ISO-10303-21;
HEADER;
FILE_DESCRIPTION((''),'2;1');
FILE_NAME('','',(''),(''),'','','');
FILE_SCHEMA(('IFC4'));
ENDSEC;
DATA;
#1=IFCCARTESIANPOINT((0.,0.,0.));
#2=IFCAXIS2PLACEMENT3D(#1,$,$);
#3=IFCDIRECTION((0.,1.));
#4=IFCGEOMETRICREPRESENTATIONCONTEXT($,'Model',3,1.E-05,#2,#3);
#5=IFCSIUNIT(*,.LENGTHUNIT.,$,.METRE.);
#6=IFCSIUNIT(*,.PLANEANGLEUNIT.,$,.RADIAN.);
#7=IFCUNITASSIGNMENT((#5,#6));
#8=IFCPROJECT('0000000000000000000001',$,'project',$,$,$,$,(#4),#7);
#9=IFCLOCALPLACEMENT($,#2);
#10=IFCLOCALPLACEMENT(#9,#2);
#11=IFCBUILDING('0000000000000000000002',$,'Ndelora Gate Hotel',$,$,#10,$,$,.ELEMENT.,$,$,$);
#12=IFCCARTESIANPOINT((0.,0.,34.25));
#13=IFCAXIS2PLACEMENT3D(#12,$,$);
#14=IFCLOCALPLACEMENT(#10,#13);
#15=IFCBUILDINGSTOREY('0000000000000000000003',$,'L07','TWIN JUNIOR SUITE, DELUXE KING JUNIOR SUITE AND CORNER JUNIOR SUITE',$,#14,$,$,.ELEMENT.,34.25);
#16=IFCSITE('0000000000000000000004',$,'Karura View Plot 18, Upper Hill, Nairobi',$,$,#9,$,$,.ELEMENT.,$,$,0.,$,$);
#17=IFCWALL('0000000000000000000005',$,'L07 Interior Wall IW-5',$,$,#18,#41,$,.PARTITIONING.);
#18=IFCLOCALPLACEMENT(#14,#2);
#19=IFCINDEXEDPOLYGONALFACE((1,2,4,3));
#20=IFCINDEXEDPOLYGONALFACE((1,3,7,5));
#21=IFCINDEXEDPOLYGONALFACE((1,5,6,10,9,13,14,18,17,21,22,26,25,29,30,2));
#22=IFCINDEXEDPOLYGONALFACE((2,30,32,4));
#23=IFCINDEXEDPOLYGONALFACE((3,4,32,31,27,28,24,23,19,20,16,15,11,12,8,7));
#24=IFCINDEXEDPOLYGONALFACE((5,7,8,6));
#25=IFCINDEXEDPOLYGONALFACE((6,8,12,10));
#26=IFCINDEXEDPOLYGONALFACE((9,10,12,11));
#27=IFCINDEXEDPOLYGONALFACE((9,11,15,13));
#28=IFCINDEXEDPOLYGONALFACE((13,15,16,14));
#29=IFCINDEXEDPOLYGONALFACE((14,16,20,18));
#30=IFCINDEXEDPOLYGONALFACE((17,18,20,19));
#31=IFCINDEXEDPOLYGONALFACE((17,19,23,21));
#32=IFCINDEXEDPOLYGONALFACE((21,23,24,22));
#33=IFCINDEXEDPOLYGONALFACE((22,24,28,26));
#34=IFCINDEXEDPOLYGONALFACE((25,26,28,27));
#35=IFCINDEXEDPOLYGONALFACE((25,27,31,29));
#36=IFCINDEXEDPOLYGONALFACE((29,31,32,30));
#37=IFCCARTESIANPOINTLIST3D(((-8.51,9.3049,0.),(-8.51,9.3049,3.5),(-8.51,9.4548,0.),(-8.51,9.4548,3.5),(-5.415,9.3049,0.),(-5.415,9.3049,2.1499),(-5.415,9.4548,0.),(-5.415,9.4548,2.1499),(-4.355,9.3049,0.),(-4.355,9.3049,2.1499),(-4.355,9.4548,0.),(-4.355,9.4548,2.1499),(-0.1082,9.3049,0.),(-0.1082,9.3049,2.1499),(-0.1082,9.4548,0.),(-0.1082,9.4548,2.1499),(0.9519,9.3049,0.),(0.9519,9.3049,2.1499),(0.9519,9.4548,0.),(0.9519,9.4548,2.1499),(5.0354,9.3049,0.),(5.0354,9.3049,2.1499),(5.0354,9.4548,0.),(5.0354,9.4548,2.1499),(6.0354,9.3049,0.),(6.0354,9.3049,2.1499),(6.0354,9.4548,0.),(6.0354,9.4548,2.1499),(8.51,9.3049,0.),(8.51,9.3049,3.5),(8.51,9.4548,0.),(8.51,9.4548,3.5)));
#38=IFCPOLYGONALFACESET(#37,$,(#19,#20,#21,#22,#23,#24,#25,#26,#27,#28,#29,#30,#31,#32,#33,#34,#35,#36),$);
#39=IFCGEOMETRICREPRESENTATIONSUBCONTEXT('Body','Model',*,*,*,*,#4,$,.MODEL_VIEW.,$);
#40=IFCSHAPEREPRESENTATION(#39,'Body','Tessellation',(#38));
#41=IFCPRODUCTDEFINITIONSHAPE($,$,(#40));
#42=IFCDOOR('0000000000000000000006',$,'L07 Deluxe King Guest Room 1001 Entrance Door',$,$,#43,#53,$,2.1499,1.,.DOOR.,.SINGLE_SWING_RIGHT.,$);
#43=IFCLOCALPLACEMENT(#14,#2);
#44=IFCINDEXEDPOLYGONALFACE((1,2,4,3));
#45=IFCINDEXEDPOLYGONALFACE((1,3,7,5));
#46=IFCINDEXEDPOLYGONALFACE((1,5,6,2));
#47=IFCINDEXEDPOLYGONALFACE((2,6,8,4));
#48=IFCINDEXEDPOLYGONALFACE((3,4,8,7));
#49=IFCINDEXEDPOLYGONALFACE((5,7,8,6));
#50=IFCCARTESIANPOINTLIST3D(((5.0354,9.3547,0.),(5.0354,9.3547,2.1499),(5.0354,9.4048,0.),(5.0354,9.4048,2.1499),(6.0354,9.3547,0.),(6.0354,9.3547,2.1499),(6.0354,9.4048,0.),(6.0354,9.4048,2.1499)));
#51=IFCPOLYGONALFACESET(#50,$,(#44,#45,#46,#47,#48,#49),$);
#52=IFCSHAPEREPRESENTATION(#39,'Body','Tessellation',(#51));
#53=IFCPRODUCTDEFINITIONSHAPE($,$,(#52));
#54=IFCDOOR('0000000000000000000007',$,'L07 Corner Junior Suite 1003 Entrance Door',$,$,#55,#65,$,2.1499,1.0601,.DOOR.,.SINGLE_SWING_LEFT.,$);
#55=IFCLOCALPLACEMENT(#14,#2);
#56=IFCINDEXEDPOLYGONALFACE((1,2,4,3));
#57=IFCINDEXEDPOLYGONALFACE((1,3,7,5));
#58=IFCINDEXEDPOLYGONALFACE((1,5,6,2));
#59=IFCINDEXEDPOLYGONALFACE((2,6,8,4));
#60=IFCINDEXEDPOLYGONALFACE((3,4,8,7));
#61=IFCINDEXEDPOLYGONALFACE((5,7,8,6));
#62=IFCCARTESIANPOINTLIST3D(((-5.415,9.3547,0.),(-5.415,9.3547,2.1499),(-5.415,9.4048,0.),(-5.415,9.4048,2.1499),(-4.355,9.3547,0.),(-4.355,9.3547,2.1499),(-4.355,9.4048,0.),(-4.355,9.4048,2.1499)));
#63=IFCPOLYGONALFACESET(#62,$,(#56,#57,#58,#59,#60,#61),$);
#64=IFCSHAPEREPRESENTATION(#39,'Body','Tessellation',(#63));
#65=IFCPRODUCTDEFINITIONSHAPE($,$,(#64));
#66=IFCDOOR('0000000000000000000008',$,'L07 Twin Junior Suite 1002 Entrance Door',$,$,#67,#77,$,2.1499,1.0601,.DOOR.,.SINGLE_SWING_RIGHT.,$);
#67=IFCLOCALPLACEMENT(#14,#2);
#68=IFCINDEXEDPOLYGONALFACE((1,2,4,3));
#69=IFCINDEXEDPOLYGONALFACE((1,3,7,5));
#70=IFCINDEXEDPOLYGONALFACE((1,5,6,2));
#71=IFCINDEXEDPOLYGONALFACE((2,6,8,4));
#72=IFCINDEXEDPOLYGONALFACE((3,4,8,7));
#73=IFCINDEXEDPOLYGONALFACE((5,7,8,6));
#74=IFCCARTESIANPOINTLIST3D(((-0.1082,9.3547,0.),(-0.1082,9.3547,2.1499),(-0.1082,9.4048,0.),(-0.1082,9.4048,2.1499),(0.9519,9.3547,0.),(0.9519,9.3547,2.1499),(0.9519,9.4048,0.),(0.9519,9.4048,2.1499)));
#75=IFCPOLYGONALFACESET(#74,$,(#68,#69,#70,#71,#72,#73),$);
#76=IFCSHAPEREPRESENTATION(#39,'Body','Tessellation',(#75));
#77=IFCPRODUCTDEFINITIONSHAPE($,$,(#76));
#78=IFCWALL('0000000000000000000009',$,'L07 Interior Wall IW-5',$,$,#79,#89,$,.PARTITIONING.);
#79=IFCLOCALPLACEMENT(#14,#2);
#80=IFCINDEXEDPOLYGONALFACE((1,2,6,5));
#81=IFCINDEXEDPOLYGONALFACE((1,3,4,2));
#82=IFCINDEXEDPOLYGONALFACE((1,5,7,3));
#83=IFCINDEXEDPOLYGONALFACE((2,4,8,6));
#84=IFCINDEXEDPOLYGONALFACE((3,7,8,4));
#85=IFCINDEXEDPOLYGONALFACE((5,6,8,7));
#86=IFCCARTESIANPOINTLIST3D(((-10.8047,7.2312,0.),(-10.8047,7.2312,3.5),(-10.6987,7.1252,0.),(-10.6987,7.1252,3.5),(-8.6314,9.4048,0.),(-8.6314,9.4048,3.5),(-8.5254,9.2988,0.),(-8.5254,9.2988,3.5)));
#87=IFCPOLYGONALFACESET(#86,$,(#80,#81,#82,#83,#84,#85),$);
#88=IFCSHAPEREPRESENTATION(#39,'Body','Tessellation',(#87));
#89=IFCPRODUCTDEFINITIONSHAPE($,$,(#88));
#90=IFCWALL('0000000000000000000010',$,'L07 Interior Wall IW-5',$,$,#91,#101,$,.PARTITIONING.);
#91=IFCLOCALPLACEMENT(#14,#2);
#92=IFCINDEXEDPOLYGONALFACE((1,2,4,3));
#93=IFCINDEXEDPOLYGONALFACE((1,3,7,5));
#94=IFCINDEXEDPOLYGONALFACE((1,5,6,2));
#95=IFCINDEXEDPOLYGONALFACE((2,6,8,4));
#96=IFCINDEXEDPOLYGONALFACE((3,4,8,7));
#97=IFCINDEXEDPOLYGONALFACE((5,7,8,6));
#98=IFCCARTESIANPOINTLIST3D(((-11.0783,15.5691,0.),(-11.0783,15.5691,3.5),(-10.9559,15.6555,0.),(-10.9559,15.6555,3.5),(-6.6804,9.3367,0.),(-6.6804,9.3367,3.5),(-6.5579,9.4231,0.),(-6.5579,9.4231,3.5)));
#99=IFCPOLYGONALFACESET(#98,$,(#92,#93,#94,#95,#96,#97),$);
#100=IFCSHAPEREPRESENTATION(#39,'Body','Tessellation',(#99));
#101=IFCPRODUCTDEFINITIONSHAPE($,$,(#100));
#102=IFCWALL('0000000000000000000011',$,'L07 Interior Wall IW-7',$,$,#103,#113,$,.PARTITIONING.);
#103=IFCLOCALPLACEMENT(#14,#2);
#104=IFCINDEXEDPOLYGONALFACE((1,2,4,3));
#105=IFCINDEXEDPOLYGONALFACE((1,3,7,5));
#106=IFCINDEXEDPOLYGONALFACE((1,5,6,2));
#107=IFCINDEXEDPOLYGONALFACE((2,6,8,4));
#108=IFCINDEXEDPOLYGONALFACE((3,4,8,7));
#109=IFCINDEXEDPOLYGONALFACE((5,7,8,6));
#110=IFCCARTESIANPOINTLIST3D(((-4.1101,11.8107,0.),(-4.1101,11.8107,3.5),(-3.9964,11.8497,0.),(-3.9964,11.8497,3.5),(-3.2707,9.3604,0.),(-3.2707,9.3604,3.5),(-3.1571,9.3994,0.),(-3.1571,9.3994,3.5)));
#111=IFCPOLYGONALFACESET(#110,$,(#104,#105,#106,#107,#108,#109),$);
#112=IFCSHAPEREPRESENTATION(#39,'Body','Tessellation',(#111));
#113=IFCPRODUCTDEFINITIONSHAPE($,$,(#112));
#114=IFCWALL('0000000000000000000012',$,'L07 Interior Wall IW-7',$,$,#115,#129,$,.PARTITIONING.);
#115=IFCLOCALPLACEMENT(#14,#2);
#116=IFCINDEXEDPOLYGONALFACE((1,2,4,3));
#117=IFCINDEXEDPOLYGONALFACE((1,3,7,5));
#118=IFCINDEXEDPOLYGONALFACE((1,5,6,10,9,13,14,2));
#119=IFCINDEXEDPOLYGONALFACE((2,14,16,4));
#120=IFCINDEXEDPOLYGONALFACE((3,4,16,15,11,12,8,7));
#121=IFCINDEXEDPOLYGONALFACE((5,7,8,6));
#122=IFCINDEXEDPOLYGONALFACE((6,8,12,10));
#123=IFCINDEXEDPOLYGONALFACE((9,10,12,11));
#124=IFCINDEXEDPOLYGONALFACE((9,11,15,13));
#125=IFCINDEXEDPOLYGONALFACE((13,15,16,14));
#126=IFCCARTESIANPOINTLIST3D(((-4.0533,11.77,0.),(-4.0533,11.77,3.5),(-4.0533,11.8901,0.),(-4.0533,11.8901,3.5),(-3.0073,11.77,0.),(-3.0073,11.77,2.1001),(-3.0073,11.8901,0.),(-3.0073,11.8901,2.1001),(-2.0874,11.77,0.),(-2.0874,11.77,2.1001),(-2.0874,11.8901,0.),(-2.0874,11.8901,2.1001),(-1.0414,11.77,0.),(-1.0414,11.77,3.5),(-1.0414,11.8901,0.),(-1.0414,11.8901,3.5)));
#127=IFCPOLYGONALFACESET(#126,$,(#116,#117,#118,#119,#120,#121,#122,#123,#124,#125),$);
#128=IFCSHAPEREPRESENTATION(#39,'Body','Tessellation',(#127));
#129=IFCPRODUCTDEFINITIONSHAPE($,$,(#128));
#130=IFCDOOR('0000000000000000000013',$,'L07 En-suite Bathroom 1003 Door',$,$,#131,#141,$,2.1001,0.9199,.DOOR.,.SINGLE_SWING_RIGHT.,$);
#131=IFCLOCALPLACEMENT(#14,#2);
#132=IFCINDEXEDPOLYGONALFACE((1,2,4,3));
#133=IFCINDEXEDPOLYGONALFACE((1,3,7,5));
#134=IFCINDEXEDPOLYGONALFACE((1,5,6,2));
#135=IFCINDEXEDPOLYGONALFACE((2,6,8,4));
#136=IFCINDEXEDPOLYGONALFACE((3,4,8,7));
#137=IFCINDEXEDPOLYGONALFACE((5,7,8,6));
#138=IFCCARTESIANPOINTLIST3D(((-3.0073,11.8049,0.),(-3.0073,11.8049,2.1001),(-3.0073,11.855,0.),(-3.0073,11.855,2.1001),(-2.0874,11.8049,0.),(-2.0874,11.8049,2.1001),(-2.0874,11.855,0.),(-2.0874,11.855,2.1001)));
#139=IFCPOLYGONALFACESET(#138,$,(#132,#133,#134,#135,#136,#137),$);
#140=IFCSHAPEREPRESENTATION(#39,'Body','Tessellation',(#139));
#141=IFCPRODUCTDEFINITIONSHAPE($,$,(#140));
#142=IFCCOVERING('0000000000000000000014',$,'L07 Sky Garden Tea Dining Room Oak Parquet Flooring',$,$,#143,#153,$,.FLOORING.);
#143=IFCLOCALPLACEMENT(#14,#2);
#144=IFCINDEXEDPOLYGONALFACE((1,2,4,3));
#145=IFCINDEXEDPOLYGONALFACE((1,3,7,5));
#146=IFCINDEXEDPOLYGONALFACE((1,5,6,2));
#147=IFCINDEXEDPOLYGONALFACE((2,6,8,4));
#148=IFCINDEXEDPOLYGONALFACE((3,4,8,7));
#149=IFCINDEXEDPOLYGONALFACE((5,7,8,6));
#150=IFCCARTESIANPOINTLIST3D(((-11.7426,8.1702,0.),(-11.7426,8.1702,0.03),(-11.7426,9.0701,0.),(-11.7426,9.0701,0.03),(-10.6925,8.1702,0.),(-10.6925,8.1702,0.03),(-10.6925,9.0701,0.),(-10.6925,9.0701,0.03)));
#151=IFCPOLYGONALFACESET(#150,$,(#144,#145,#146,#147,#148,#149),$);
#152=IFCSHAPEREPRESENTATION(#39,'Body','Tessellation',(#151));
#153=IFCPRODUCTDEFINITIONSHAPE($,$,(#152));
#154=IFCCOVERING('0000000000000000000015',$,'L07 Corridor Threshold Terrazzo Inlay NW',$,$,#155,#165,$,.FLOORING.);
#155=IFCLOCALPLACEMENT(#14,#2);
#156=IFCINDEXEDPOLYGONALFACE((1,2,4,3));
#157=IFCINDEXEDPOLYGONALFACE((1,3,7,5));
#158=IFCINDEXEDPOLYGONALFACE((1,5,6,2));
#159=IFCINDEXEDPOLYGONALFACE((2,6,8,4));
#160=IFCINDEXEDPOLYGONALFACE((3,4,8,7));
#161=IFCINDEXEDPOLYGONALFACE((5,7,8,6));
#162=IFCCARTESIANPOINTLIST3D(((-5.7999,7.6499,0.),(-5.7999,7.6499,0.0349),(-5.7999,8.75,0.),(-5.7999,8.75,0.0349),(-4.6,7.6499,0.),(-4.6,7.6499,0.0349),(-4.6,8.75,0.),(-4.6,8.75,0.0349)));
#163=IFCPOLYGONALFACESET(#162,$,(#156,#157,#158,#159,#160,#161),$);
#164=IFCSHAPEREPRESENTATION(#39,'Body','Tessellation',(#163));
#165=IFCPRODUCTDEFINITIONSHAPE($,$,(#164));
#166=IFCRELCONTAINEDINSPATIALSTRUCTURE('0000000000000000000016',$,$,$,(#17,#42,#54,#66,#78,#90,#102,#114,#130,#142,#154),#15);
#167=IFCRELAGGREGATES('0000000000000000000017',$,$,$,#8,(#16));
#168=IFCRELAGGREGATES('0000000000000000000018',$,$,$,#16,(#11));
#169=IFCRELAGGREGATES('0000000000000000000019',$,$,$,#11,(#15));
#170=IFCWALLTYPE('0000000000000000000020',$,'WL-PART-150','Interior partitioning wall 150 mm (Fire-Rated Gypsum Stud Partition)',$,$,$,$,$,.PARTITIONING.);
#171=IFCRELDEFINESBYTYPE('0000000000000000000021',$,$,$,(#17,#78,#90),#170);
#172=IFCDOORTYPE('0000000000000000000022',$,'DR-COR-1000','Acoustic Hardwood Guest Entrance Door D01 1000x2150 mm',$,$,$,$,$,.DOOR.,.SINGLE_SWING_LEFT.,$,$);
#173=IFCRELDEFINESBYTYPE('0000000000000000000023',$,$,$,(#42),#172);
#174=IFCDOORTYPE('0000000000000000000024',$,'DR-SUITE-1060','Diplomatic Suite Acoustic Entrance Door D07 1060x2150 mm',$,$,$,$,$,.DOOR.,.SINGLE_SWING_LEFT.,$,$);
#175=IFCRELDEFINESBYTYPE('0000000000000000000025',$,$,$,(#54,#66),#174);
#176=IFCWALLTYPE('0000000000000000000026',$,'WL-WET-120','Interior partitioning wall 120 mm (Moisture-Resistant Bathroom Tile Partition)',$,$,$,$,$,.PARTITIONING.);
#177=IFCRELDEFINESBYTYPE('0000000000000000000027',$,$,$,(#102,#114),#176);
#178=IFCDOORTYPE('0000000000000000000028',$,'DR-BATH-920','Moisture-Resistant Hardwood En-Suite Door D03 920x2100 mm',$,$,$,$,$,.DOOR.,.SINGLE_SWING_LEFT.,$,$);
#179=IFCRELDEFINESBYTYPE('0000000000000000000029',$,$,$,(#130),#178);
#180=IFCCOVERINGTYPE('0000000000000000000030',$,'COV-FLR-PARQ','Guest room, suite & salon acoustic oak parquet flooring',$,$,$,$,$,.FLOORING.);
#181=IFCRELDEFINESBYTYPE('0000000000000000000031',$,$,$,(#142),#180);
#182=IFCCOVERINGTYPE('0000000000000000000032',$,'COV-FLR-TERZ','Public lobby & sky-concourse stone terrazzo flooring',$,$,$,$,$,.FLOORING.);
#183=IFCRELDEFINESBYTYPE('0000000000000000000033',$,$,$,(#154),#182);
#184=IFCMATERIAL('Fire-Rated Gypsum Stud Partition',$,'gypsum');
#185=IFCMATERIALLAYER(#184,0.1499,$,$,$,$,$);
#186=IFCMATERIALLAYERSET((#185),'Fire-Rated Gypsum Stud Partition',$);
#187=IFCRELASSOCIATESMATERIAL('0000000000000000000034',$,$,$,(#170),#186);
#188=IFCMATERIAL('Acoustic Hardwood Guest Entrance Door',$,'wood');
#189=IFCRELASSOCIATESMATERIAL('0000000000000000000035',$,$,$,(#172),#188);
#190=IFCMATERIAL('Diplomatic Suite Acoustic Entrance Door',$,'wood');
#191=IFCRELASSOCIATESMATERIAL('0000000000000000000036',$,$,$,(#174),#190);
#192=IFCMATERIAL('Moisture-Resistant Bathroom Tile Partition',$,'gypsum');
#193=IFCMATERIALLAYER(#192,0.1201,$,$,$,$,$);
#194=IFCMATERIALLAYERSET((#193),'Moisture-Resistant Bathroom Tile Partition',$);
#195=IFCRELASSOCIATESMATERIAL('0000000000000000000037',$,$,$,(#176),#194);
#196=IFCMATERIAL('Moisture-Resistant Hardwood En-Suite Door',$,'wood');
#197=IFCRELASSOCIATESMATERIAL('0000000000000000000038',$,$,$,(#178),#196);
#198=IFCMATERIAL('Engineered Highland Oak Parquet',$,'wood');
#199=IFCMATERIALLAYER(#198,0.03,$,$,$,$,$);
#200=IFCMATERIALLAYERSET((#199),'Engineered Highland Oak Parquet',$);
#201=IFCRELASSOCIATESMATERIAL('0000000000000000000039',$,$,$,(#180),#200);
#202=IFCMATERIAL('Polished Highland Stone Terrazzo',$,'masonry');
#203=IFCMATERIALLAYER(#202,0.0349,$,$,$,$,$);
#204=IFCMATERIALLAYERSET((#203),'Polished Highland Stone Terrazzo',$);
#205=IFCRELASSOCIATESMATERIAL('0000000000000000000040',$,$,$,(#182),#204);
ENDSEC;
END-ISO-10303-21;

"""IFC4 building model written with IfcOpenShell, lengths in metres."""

from ifc_helpers import new_model, si_unit, direction, frame, frame_2d, origin, origin_2d, place, context, subcontext, project, spatial, rectangle, extrude, material, layer, layer_set, type_object, element, fill, save


model = new_model("IFC4")

# Units and contexts
model_context = context("Model", 3, precision=1e-05, world=origin(), true_north=direction((0.0, 1.0)))
body_context = subcontext(model_context, "Body", "Model", "MODEL_VIEW")
ifc_project = project(units=[si_unit("LENGTHUNIT", "METRE"), si_unit("PLANEANGLEUNIT", "RADIAN")], contexts=[model_context])

# Site, building, storey
site_placement = place(None, origin())
site = spatial("IfcSite", under=ifc_project, at=site_placement, Name="Karura View Plot 18, Upper Hill, Nairobi", CompositionType="ELEMENT", RefElevation=0.0)
building_placement = place(site_placement, origin())
building = spatial("IfcBuilding", under=site, at=building_placement, Name="Ndelora Gate Hotel", CompositionType="ELEMENT")
storey_placement = place(building_placement, frame((0.0, 0.0, 34.25)))
storey = spatial("IfcBuildingStorey", under=building, at=storey_placement, Name="L07", Description="TWIN JUNIOR SUITE, DELUXE KING JUNIOR SUITE AND CORNER JUNIOR SUITE", CompositionType="ELEMENT", Elevation=34.25)

# Wall, openings, doors
ifc_material_1 = material(Name="Fire-Rated Gypsum Stud Partition", Category="gypsum")
ifc_layer_1 = layer(ifc_material_1, 0.1499)
ifc_layer_set_1 = layer_set([ifc_layer_1], Name="Fire-Rated Gypsum Stud Partition")
wall_type_1 = type_object("IfcWallType", Name="WL-PART-150", Description="Interior partitioning wall 150 mm (Fire-Rated Gypsum Stud Partition)", PredefinedType="PARTITIONING", material=ifc_layer_set_1)
wall_1_placement = place(storey_placement, frame((-8.51, 9.3799, 0.0), z_axis=(0.0, 0.0, 1.0), x_axis=(1.0, 0.0, 0.0)))
wall_1 = element("IfcWall", 1, at=wall_1_placement, inside=storey, type_object=wall_type_1, Name="L07 Interior Wall IW-5", PredefinedType="PARTITIONING", context=body_context, shape_type="SweptSolid", body=[
    extrude(rectangle(XDim=17.02, YDim=0.1499, at=frame_2d((8.51, 0.0))), origin(), (0.0, 0.0, 1.0), 3.5),
])
opening_1_placement = place(wall_1_placement, frame((13.5454, 0.0, 0.0)))
opening_1 = element("IfcOpeningElement", 2, at=opening_1_placement, cuts=wall_1, PredefinedType="OPENING", context=body_context, shape_type="SweptSolid", body=[
    extrude(rectangle(XDim=1.0, YDim=2.1499, at=frame_2d((0.5, 1.075))), frame((0.0, 0.085, 0.0), z_axis=(0.0, -1.0, 0.0), x_axis=(1.0, 0.0, 0.0)), (0.0, 0.0, 1.0), 0.1699),
])
opening_2_placement = place(wall_1_placement, frame((3.095, 0.0, 0.0)))
opening_2 = element("IfcOpeningElement", 3, at=opening_2_placement, cuts=wall_1, PredefinedType="OPENING", context=body_context, shape_type="SweptSolid", body=[
    extrude(rectangle(XDim=1.0601, YDim=2.1499, at=frame_2d((0.53, 1.075))), frame((0.0, 0.085, 0.0), z_axis=(0.0, -1.0, 0.0), x_axis=(1.0, 0.0, 0.0)), (0.0, 0.0, 1.0), 0.1699),
])
opening_3_placement = place(wall_1_placement, frame((8.4019, 0.0, 0.0)))
opening_3 = element("IfcOpeningElement", 4, at=opening_3_placement, cuts=wall_1, PredefinedType="OPENING", context=body_context, shape_type="SweptSolid", body=[
    extrude(rectangle(XDim=1.0601, YDim=2.1499, at=frame_2d((0.53, 1.075))), frame((0.0, 0.085, 0.0), z_axis=(0.0, -1.0, 0.0), x_axis=(1.0, 0.0, 0.0)), (0.0, 0.0, 1.0), 0.1699),
])
ifc_material_2 = material(Name="Acoustic Hardwood Guest Entrance Door", Category="wood")
door_type_1 = type_object("IfcDoorType", Name="DR-COR-1000", Description="Acoustic Hardwood Guest Entrance Door D01 1000x2150 mm", OperationType="SINGLE_SWING_LEFT", PredefinedType="DOOR", material=ifc_material_2)
door_1_placement = place(opening_1_placement, origin())
door_1 = element("IfcDoor", 5, at=door_1_placement, inside=storey, type_object=door_type_1, Name="L07 Deluxe King Guest Room 1001 Entrance Door", OperationType="SINGLE_SWING_RIGHT", OverallHeight=2.1499, OverallWidth=1.0, PredefinedType="DOOR", context=body_context, shape_type="SweptSolid", body=[
    extrude(rectangle(XDim=1.0, YDim=2.1499, at=frame_2d((0.5, 1.075))), frame((0.0, 0.0249, 0.0), z_axis=(0.0, -1.0, 0.0), x_axis=(1.0, 0.0, 0.0)), (0.0, 0.0, 1.0), 0.05),
])
fill(opening_1, door_1)
ifc_material_3 = material(Name="Diplomatic Suite Acoustic Entrance Door", Category="wood")
door_type_2 = type_object("IfcDoorType", Name="DR-SUITE-1060", Description="Diplomatic Suite Acoustic Entrance Door D07 1060x2150 mm", OperationType="SINGLE_SWING_LEFT", PredefinedType="DOOR", material=ifc_material_3)
door_2_placement = place(opening_2_placement, origin())
door_2 = element("IfcDoor", 6, at=door_2_placement, inside=storey, type_object=door_type_2, Name="L07 Corner Junior Suite 1003 Entrance Door", OperationType="SINGLE_SWING_LEFT", OverallHeight=2.1499, OverallWidth=1.0601, PredefinedType="DOOR", context=body_context, shape_type="SweptSolid", body=[
    extrude(rectangle(XDim=1.0601, YDim=2.1499, at=frame_2d((0.53, 1.075))), frame((0.0, 0.0249, 0.0), z_axis=(0.0, -1.0, 0.0), x_axis=(1.0, 0.0, 0.0)), (0.0, 0.0, 1.0), 0.05),
])
fill(opening_2, door_2)
door_3_placement = place(opening_3_placement, origin())
door_3 = element("IfcDoor", 7, at=door_3_placement, inside=storey, type_object=door_type_2, Name="L07 Twin Junior Suite 1002 Entrance Door", OperationType="SINGLE_SWING_RIGHT", OverallHeight=2.1499, OverallWidth=1.0601, PredefinedType="DOOR", context=body_context, shape_type="SweptSolid", body=[
    extrude(rectangle(XDim=1.0601, YDim=2.1499, at=frame_2d((0.53, 1.075))), frame((0.0, 0.0249, 0.0), z_axis=(0.0, -1.0, 0.0), x_axis=(1.0, 0.0, 0.0)), (0.0, 0.0, 1.0), 0.05),
])
fill(opening_3, door_3)

# Walls
wall_2_placement = place(storey_placement, frame((-10.7517, 7.1782, 0.0), z_axis=(0.0, 0.0, 1.0), x_axis=(0.707067, 0.707146, 0.0)))
element("IfcWall", 8, at=wall_2_placement, inside=storey, type_object=wall_type_1, Name="L07 Interior Wall IW-5", PredefinedType="PARTITIONING", context=body_context, shape_type="SweptSolid", body=[
    extrude(rectangle(XDim=3.0737, YDim=0.1499, at=frame_2d((1.5369, 0.0))), origin(), (0.0, 0.0, 1.0), 3.5),
])
wall_3_placement = place(storey_placement, frame((-6.6191, 9.3799, 0.0), z_axis=(0.0, 0.0, 1.0), x_axis=(-0.57656, 0.817055, 0.0)))
element("IfcWall", 9, at=wall_3_placement, inside=storey, type_object=wall_type_1, Name="L07 Interior Wall IW-5", PredefinedType="PARTITIONING", context=body_context, shape_type="SweptSolid", body=[
    extrude(rectangle(XDim=7.6279, YDim=0.1499, at=frame_2d((3.814, 0.0))), origin(), (0.0, 0.0, 1.0), 3.5),
])
ifc_material_4 = material(Name="Moisture-Resistant Bathroom Tile Partition", Category="gypsum")
ifc_layer_2 = layer(ifc_material_4, 0.1201)
ifc_layer_set_2 = layer_set([ifc_layer_2], Name="Moisture-Resistant Bathroom Tile Partition")
wall_type_2 = type_object("IfcWallType", Name="WL-WET-120", Description="Interior partitioning wall 120 mm (Moisture-Resistant Bathroom Tile Partition)", PredefinedType="PARTITIONING", material=ifc_layer_set_2)
wall_4_placement = place(storey_placement, frame((-4.0532, 11.8301, 0.0), z_axis=(0.0, 0.0, 1.0), x_axis=(0.324078, -0.94603, 0.0)))
element("IfcWall", 10, at=wall_4_placement, inside=storey, type_object=wall_type_2, Name="L07 Interior Wall IW-7", PredefinedType="PARTITIONING", context=body_context, shape_type="SweptSolid", body=[
    extrude(rectangle(XDim=2.5901, YDim=0.1201, at=frame_2d((1.2949, 0.0))), origin(), (0.0, 0.0, 1.0), 3.5),
])

# Wall, opening, door
wall_5_placement = place(storey_placement, frame((-4.0532, 11.8301, 0.0), z_axis=(0.0, 0.0, 1.0), x_axis=(1.0, 0.0, 0.0)))
wall_5 = element("IfcWall", 11, at=wall_5_placement, inside=storey, type_object=wall_type_2, Name="L07 Interior Wall IW-7", PredefinedType="PARTITIONING", context=body_context, shape_type="SweptSolid", body=[
    extrude(rectangle(XDim=3.012, YDim=0.1201, at=frame_2d((1.5059, 0.0))), origin(), (0.0, 0.0, 1.0), 3.5),
])
opening_4_placement = place(wall_5_placement, frame((1.0459, 0.0, 0.0)))
opening_4 = element("IfcOpeningElement", 12, at=opening_4_placement, cuts=wall_5, PredefinedType="OPENING", context=body_context, shape_type="SweptSolid", body=[
    extrude(rectangle(XDim=0.9199, YDim=2.1001, at=frame_2d((0.46, 1.05))), frame((0.0, 0.0701, 0.0), z_axis=(0.0, -1.0, 0.0), x_axis=(1.0, 0.0, 0.0)), (0.0, 0.0, 1.0), 0.1401),
])
ifc_material_5 = material(Name="Moisture-Resistant Hardwood En-Suite Door", Category="wood")
door_type_3 = type_object("IfcDoorType", Name="DR-BATH-920", Description="Moisture-Resistant Hardwood En-Suite Door D03 920x2100 mm", OperationType="SINGLE_SWING_LEFT", PredefinedType="DOOR", material=ifc_material_5)
door_4_placement = place(opening_4_placement, origin())
door_4 = element("IfcDoor", 13, at=door_4_placement, inside=storey, type_object=door_type_3, Name="L07 En-suite Bathroom 1003 Door", OperationType="SINGLE_SWING_RIGHT", OverallHeight=2.1001, OverallWidth=0.9199, PredefinedType="DOOR", context=body_context, shape_type="SweptSolid", body=[
    extrude(rectangle(XDim=0.9199, YDim=2.1001, at=frame_2d((0.46, 1.05))), frame((0.0, 0.0249, 0.0), z_axis=(0.0, -1.0, 0.0), x_axis=(1.0, 0.0, 0.0)), (0.0, 0.0, 1.0), 0.05),
])
fill(opening_4, door_4)

# Coverings
ifc_material_6 = material(Name="Engineered Highland Oak Parquet", Category="wood")
ifc_layer_3 = layer(ifc_material_6, 0.03)
ifc_layer_set_3 = layer_set([ifc_layer_3], Name="Engineered Highland Oak Parquet")
covering_type_1 = type_object("IfcCoveringType", Name="COV-FLR-PARQ", Description="Guest room, suite & salon acoustic oak parquet flooring", PredefinedType="FLOORING", material=ifc_layer_set_3)
covering_1_placement = place(storey_placement, frame((-11.2175, 8.6201, 0.0), z_axis=(0.0, 0.0, 1.0), x_axis=(1.0, 0.0, 0.0)))
element("IfcCovering", 14, at=covering_1_placement, inside=storey, type_object=covering_type_1, Name="L07 Sky Garden Tea Dining Room Oak Parquet Flooring", PredefinedType="FLOORING", context=body_context, shape_type="SweptSolid", body=[
    extrude(rectangle(XDim=1.05, YDim=0.8999, at=origin_2d()), origin(), (0.0, 0.0, 1.0), 0.03),
])
ifc_material_7 = material(Name="Polished Highland Stone Terrazzo", Category="masonry")
ifc_layer_4 = layer(ifc_material_7, 0.0349)
ifc_layer_set_4 = layer_set([ifc_layer_4], Name="Polished Highland Stone Terrazzo")
covering_type_2 = type_object("IfcCoveringType", Name="COV-FLR-TERZ", Description="Public lobby & sky-concourse stone terrazzo flooring", PredefinedType="FLOORING", material=ifc_layer_set_4)
covering_2_placement = place(storey_placement, frame((-5.2, 8.2, 0.0), z_axis=(0.0, 0.0, 1.0), x_axis=(1.0, 0.0, 0.0)))
element("IfcCovering", 15, at=covering_2_placement, inside=storey, type_object=covering_type_2, Name="L07 Corridor Threshold Terrazzo Inlay NW", PredefinedType="FLOORING", context=body_context, shape_type="SweptSolid", body=[
    extrude(rectangle(XDim=1.2, YDim=1.1001, at=origin_2d()), origin(), (0.0, 0.0, 1.0), 0.0349),
])

save(model, "model.ifc")
